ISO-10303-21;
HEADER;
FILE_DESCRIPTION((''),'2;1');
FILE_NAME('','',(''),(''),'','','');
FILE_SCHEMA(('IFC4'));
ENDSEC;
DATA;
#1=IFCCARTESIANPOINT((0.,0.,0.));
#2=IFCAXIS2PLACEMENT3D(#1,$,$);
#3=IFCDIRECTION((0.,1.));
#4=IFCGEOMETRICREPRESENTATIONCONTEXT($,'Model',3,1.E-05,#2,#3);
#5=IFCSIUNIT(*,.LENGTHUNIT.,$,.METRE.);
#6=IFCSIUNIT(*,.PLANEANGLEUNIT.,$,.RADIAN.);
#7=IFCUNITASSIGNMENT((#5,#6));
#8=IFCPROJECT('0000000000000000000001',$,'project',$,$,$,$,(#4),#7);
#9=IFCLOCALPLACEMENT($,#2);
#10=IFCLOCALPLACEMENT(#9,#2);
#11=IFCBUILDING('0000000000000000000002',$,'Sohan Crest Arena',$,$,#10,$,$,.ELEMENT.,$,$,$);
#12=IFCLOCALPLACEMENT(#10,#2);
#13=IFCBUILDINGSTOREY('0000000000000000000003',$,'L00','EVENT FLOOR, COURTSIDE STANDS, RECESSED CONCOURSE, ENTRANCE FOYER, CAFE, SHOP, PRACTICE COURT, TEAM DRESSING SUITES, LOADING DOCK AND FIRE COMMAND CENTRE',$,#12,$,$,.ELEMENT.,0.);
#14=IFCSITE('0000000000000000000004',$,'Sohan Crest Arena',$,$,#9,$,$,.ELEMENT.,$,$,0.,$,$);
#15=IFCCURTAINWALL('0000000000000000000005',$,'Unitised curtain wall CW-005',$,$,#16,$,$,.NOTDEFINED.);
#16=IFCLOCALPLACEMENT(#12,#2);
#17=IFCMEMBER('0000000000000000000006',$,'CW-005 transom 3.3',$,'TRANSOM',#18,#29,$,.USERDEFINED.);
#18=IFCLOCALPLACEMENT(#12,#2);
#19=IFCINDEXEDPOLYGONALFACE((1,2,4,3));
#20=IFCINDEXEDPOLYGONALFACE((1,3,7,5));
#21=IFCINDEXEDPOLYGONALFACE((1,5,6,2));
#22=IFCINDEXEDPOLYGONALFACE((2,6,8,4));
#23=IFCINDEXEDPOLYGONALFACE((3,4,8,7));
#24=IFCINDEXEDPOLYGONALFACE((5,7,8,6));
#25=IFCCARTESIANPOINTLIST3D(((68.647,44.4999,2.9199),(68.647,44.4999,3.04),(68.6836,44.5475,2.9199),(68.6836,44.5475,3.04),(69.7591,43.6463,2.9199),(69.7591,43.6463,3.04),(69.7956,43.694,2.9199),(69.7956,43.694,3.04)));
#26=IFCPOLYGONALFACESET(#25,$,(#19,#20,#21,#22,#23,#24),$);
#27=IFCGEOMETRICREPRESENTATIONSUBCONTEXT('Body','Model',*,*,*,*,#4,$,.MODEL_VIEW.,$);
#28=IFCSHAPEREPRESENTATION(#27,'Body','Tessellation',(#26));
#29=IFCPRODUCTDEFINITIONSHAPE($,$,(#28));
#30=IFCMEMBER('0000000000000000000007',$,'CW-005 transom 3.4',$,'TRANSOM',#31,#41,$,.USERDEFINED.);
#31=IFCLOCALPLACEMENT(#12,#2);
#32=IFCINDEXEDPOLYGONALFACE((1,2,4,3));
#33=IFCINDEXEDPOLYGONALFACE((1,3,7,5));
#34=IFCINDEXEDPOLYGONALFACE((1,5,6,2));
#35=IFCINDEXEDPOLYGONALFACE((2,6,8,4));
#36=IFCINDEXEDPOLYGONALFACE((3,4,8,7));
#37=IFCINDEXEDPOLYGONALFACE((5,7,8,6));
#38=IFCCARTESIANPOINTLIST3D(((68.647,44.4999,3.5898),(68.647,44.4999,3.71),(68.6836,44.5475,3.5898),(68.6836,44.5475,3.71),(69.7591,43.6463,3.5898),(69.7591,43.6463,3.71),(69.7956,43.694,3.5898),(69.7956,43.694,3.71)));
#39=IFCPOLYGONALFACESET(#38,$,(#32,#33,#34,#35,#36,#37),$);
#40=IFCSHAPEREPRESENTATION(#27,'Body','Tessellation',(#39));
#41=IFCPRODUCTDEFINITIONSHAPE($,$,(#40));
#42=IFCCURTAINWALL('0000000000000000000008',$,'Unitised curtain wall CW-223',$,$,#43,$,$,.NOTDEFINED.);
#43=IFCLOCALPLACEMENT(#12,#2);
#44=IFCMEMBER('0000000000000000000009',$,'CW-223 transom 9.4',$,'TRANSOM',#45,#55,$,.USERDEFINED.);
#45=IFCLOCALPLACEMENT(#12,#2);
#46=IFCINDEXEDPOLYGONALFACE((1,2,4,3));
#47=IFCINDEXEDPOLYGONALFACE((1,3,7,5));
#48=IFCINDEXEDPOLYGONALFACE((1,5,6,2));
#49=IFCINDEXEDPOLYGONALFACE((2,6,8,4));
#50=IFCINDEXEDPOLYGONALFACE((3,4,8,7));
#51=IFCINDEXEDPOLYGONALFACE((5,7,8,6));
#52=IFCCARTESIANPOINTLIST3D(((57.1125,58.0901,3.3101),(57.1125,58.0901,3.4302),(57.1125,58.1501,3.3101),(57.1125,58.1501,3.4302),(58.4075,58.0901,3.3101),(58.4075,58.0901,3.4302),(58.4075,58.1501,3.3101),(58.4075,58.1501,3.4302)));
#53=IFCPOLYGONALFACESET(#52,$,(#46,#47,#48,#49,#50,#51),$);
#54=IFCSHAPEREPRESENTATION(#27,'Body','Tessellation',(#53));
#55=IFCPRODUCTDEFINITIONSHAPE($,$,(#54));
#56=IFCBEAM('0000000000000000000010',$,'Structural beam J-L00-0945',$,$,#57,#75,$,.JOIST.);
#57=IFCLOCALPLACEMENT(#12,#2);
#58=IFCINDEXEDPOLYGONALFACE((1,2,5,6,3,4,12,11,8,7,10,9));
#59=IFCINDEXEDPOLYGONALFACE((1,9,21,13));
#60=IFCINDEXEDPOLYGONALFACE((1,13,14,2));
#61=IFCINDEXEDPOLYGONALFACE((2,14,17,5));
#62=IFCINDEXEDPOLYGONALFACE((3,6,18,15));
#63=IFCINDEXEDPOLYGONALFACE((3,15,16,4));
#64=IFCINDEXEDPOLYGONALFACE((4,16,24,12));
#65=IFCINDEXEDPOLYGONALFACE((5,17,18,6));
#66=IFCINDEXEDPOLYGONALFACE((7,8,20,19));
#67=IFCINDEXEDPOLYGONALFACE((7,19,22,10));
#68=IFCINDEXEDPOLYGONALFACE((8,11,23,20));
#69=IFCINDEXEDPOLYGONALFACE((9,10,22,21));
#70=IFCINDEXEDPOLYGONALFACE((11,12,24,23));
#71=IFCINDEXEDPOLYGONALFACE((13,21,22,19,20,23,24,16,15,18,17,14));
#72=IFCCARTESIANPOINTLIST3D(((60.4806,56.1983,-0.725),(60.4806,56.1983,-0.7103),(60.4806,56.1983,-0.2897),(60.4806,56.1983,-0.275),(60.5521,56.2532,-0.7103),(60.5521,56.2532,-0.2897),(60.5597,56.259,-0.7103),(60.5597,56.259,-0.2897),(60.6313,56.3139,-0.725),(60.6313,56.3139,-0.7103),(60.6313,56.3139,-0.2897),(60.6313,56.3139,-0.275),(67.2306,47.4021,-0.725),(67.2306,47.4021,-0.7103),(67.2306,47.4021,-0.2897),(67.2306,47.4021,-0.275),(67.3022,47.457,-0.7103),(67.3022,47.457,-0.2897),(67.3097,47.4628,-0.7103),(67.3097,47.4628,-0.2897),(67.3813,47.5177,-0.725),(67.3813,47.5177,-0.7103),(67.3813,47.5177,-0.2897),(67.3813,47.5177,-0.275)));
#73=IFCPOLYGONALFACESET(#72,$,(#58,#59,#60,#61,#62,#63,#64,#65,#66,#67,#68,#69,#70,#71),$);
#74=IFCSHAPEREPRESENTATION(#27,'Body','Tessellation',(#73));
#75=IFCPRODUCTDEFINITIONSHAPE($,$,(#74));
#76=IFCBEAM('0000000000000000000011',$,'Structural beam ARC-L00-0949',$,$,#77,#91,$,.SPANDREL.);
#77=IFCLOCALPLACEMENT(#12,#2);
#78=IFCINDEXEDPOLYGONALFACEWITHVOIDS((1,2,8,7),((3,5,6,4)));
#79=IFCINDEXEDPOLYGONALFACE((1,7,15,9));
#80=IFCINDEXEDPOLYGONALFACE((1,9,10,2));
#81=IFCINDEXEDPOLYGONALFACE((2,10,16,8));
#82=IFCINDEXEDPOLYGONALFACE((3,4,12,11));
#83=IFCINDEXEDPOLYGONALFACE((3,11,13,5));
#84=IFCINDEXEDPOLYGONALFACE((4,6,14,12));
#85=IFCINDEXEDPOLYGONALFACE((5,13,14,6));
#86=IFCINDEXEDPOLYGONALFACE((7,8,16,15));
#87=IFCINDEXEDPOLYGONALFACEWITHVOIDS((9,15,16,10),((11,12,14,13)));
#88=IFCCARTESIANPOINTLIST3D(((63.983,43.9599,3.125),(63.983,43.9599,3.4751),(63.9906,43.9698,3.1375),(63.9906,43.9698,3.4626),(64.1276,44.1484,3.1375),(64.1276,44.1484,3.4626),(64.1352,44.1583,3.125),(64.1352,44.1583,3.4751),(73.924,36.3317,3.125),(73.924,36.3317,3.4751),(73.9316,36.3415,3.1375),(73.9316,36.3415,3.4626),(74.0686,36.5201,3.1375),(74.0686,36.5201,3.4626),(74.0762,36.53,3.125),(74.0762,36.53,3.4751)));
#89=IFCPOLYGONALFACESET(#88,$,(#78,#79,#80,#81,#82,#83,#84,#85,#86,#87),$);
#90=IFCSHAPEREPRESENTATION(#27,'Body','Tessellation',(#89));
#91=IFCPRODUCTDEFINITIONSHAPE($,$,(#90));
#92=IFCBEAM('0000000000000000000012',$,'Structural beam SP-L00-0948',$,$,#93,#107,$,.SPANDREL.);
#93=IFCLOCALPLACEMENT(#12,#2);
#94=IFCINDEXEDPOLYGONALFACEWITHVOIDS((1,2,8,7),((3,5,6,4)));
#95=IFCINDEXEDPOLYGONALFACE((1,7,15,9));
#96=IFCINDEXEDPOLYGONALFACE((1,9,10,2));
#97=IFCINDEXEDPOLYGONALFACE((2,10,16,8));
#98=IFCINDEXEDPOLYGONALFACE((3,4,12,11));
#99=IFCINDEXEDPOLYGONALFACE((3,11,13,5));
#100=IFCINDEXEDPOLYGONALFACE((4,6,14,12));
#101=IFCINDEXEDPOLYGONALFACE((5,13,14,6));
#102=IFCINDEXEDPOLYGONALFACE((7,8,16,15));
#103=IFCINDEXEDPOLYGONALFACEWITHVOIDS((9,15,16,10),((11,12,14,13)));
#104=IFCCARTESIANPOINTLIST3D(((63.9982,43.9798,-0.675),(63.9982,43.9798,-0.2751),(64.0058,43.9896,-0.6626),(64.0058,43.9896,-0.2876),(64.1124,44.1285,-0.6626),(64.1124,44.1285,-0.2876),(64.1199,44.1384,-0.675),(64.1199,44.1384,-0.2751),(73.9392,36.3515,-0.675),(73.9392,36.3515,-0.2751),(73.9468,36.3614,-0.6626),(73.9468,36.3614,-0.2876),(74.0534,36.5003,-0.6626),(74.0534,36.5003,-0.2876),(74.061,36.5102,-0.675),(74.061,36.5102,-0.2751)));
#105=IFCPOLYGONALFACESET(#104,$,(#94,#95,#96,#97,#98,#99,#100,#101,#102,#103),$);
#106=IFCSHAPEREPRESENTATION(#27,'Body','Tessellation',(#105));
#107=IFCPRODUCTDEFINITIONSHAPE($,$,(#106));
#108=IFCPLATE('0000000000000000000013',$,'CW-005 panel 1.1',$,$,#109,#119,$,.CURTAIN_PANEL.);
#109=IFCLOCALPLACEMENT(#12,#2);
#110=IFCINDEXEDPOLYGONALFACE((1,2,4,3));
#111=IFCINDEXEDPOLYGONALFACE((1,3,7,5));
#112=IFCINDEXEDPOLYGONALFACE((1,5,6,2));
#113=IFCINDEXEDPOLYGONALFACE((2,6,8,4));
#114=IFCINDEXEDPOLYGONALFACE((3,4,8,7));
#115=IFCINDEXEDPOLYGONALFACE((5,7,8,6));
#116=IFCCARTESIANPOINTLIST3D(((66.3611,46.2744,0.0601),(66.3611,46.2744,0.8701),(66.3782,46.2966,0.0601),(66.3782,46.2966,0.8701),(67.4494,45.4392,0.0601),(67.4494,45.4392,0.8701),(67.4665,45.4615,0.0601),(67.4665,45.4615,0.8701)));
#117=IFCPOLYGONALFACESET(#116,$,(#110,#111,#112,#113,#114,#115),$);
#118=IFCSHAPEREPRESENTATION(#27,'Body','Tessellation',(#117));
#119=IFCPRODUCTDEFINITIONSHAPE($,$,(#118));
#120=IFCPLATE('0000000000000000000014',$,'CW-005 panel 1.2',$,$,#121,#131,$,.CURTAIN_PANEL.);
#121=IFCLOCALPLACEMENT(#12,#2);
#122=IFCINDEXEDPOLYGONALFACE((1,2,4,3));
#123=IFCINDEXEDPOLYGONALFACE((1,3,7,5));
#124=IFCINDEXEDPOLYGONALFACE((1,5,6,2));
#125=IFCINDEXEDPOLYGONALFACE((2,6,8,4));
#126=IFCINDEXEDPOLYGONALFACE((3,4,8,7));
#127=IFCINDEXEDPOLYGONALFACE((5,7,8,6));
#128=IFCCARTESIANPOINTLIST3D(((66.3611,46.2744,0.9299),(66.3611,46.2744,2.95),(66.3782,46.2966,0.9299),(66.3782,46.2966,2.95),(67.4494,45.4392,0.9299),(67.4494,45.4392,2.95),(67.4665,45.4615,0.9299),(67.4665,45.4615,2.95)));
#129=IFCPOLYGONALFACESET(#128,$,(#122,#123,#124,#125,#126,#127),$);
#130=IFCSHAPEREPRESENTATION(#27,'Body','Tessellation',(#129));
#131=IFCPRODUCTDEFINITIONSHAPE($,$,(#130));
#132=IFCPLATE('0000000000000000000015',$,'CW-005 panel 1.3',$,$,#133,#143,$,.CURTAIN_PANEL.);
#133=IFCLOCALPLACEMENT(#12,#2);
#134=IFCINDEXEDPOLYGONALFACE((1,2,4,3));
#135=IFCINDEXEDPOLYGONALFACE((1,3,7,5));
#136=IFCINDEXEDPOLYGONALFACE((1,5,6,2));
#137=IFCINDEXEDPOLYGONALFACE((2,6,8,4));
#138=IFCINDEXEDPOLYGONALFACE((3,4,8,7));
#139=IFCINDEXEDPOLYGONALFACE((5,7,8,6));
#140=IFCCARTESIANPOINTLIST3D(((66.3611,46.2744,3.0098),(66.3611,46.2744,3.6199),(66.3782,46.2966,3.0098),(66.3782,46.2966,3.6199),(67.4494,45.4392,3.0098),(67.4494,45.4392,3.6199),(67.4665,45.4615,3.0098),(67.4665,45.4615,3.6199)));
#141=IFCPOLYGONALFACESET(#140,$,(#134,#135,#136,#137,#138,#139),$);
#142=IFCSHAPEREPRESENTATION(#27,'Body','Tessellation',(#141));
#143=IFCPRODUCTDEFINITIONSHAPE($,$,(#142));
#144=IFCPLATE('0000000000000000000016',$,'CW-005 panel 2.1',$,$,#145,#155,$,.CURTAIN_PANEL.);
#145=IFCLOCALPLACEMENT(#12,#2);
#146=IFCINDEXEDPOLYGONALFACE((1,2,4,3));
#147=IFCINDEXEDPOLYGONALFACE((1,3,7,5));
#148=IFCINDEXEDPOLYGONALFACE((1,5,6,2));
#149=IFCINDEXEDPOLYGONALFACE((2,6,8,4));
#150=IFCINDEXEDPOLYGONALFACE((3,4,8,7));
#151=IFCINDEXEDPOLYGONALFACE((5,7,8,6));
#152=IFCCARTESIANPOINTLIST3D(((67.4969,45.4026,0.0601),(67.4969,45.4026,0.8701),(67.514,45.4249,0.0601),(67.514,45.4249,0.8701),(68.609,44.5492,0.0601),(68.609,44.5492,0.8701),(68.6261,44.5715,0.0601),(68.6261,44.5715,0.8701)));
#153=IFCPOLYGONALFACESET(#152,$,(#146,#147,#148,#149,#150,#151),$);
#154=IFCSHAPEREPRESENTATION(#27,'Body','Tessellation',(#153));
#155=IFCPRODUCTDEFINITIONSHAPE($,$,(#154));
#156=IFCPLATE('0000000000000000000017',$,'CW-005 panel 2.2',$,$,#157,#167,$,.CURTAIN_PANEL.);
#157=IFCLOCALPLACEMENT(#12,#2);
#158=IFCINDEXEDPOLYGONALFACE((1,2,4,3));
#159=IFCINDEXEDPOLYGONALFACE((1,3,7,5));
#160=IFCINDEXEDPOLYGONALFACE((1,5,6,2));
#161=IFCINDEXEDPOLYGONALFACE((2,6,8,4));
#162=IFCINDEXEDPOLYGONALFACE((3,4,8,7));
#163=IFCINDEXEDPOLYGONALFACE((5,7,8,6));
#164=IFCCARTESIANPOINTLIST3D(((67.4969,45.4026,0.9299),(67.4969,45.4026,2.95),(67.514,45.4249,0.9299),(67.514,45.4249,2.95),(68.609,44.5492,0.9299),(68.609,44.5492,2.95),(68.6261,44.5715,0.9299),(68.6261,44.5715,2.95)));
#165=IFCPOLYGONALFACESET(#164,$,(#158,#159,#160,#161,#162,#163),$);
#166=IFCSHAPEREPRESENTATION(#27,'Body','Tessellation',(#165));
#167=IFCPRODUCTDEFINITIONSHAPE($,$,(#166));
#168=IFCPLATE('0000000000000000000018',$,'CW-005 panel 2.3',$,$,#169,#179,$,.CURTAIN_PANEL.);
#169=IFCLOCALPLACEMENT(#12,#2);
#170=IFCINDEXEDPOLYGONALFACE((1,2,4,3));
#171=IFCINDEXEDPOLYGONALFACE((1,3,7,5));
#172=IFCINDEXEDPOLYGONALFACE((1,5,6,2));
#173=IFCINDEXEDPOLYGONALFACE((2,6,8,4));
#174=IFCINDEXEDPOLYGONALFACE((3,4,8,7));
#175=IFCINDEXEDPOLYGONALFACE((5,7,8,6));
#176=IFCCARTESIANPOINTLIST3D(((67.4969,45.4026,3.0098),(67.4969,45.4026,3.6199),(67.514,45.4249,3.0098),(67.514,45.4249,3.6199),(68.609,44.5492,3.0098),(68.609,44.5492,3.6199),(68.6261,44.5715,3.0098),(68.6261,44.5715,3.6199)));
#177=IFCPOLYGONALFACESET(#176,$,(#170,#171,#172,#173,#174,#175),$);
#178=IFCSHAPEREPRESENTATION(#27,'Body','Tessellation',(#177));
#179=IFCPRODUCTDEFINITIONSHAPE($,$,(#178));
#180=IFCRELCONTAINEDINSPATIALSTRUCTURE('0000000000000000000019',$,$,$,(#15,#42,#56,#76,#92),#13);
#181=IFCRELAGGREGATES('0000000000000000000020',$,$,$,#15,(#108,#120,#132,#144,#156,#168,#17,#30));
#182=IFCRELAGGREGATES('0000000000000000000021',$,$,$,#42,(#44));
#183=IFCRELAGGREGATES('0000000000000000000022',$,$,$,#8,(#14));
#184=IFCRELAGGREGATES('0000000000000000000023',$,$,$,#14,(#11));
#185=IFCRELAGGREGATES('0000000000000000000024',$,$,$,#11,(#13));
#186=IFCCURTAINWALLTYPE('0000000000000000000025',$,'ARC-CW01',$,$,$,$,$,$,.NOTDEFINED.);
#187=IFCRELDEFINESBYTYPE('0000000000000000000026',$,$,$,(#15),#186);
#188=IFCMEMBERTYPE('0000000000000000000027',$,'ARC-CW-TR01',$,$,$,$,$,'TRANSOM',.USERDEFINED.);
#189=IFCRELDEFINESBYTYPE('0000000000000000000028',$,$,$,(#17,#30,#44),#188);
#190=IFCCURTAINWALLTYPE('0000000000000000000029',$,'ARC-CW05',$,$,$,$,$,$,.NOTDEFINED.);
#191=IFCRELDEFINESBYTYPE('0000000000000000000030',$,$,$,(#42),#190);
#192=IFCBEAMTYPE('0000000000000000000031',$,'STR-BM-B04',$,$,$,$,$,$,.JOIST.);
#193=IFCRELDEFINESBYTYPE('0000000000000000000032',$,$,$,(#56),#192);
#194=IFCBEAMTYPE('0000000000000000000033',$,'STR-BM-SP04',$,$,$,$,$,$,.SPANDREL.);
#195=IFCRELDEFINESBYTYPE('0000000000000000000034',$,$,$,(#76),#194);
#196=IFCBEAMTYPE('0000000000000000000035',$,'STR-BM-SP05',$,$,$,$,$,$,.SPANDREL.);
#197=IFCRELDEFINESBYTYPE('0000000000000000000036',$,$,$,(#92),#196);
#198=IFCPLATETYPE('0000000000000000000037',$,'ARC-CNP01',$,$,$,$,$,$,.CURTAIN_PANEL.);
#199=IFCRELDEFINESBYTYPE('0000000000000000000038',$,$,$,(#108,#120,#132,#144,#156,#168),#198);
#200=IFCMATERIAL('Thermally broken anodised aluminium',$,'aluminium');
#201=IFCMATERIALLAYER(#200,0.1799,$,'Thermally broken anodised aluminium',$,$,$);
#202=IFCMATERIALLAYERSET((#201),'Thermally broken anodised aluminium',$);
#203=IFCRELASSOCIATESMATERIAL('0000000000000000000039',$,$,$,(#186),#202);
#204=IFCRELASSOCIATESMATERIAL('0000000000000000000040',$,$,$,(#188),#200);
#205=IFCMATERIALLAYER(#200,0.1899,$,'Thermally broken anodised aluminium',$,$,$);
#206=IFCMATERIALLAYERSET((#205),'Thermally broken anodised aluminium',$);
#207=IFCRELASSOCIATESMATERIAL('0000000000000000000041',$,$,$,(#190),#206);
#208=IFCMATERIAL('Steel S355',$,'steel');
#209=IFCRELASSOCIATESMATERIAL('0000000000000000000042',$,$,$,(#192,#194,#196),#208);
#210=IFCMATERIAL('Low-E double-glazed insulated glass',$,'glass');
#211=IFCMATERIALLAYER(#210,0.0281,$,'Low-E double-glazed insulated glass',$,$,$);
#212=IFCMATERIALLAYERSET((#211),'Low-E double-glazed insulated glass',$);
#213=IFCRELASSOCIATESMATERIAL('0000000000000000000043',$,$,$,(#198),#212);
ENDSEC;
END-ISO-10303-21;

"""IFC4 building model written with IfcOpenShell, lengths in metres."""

from ifc_helpers import new_model, si_unit, direction, frame, origin, origin_2d, place, context, subcontext, project, spatial, rectangle, hollow_rectangle, i_section, extrude, material, layer, layer_set, material_profile, profile_set, type_object, element, aggregate, save


model = new_model("IFC4")

# Units and contexts
model_context = context("Model", 3, precision=1e-05, world=origin(), true_north=direction((0.0, 1.0)))
body_context = subcontext(model_context, "Body", "Model", "MODEL_VIEW")
ifc_project = project(units=[si_unit("LENGTHUNIT", "METRE"), si_unit("PLANEANGLEUNIT", "RADIAN")], contexts=[model_context])

# Site, building, storey
site_placement = place(None, origin())
site = spatial("IfcSite", under=ifc_project, at=site_placement, Name="Sohan Crest Arena", CompositionType="ELEMENT", RefElevation=0.0)
building_placement = place(site_placement, origin())
building = spatial("IfcBuilding", under=site, at=building_placement, Name="Sohan Crest Arena", CompositionType="ELEMENT")
storey_placement = place(building_placement, origin())
storey = spatial("IfcBuildingStorey", under=building, at=storey_placement, Name="L00", Description="EVENT FLOOR, COURTSIDE STANDS, RECESSED CONCOURSE, ENTRANCE FOYER, CAFE, SHOP, PRACTICE COURT, TEAM DRESSING SUITES, LOADING DOCK AND FIRE COMMAND CENTRE", CompositionType="ELEMENT", Elevation=0.0)

# Curtain wall, members
ifc_material_1 = material(Name="Thermally broken anodised aluminium", Category="aluminium")
ifc_layer_1 = layer(ifc_material_1, 0.1799, Name="Thermally broken anodised aluminium")
ifc_layer_set_1 = layer_set([ifc_layer_1], Name="Thermally broken anodised aluminium")
curtain_wall_type_1 = type_object("IfcCurtainWallType", Name="ARC-CW01", PredefinedType="NOTDEFINED", material=ifc_layer_set_1)
curtain_wall_1_placement = place(storey_placement, origin())
curtain_wall_1 = element("IfcCurtainWall", 1, at=curtain_wall_1_placement, inside=storey, type_object=curtain_wall_type_1, Name="Unitised curtain wall CW-005", PredefinedType="NOTDEFINED")
ifc_material_profile_1 = material_profile(ifc_material_1, rectangle(XDim=0.0601, YDim=0.1201, at=origin_2d()), Name="ALU-TRAN 60x120")
ifc_profile_set_1 = profile_set([ifc_material_profile_1], Name="Thermally broken anodised aluminium")
member_type_1 = type_object("IfcMemberType", Name="ARC-CW-TR01", ElementType="TRANSOM", PredefinedType="USERDEFINED", material=ifc_profile_set_1)
member_1_placement = place(storey_placement, frame((68.6653, 44.5237, 2.98), z_axis=(0.793284, -0.608852, 0.0), x_axis=(0.608852, 0.793284, 0.0)))
member_1 = element("IfcMember", 2, at=member_1_placement, type_object=member_type_1, Name="CW-005 transom 3.3", ObjectType="TRANSOM", PredefinedType="USERDEFINED", context=body_context, shape_type="SweptSolid", body=[
    extrude(rectangle(XDim=0.0601, YDim=0.1201, at=origin_2d()), origin(), (0.0, 0.0, 1.0), 1.4019),
])
member_2_placement = place(storey_placement, frame((68.6653, 44.5237, 3.6499), z_axis=(0.793284, -0.608852, 0.0), x_axis=(0.608852, 0.793284, 0.0)))
member_2 = element("IfcMember", 3, at=member_2_placement, type_object=member_type_1, Name="CW-005 transom 3.4", ObjectType="TRANSOM", PredefinedType="USERDEFINED", context=body_context, shape_type="SweptSolid", body=[
    extrude(rectangle(XDim=0.0601, YDim=0.1201, at=origin_2d()), origin(), (0.0, 0.0, 1.0), 1.4019),
])

# Curtain wall, member
ifc_layer_2 = layer(ifc_material_1, 0.1899, Name="Thermally broken anodised aluminium")
ifc_layer_set_2 = layer_set([ifc_layer_2], Name="Thermally broken anodised aluminium")
curtain_wall_type_2 = type_object("IfcCurtainWallType", Name="ARC-CW05", PredefinedType="NOTDEFINED", material=ifc_layer_set_2)
curtain_wall_2_placement = place(storey_placement, origin())
curtain_wall_2 = element("IfcCurtainWall", 4, at=curtain_wall_2_placement, inside=storey, type_object=curtain_wall_type_2, Name="Unitised curtain wall CW-223", PredefinedType="NOTDEFINED")
member_3_placement = place(storey_placement, frame((57.1125, 58.1201, 3.3701), z_axis=(1.0, 0.0, 0.0), x_axis=(0.0, 1.0, 0.0)))
member_3 = element("IfcMember", 5, at=member_3_placement, type_object=member_type_1, Name="CW-223 transom 9.4", ObjectType="TRANSOM", PredefinedType="USERDEFINED", context=body_context, shape_type="SweptSolid", body=[
    extrude(rectangle(XDim=0.0601, YDim=0.1201, at=origin_2d()), origin(), (0.0, 0.0, 1.0), 1.2949),
])

# Beams
ifc_material_2 = material(Name="Steel S355", Category="steel")
ifc_material_profile_2 = material_profile(ifc_material_2, i_section(OverallWidth=0.1899, OverallDepth=0.45, WebThickness=0.0095, FlangeThickness=0.0146, at=origin_2d()), Name="IPE 450")
ifc_profile_set_2 = profile_set([ifc_material_profile_2], Name="Steel S355")
beam_type_1 = type_object("IfcBeamType", Name="STR-BM-B04", PredefinedType="JOIST", material=ifc_profile_set_2)
beam_1_placement = place(storey_placement, frame((60.5559, 56.2561, -0.5), z_axis=(0.608789, -0.793332, 0.0), x_axis=(0.793332, 0.608789, 0.0)))
element("IfcBeam", 6, at=beam_1_placement, inside=storey, type_object=beam_type_1, Name="Structural beam J-L00-0945", PredefinedType="JOIST", context=body_context, shape_type="SweptSolid", body=[
    extrude(i_section(OverallWidth=0.1899, OverallDepth=0.45, WebThickness=0.0095, FlangeThickness=0.0146, at=origin_2d()), origin(), (0.0, 0.0, 1.0), 11.0876),
])
ifc_material_profile_3 = material_profile(ifc_material_2, hollow_rectangle(XDim=0.25, YDim=0.3501, WallThickness=0.0125, at=origin_2d()), Name="RHS 350x250x12.5")
ifc_profile_set_3 = profile_set([ifc_material_profile_3], Name="Steel S355")
beam_type_2 = type_object("IfcBeamType", Name="STR-BM-SP04", PredefinedType="SPANDREL", material=ifc_profile_set_3)
beam_2_placement = place(storey_placement, frame((64.0591, 44.0591, 3.3), z_axis=(0.793344, -0.608773, 0.0), x_axis=(0.608773, 0.793344, 0.0)))
element("IfcBeam", 7, at=beam_2_placement, inside=storey, type_object=beam_type_2, Name="Structural beam ARC-L00-0949", PredefinedType="SPANDREL", context=body_context, shape_type="SweptSolid", body=[
    extrude(hollow_rectangle(XDim=0.25, YDim=0.3501, WallThickness=0.0125, at=origin_2d()), origin(), (0.0, 0.0, 1.0), 12.5305),
])
ifc_material_profile_4 = material_profile(ifc_material_2, hollow_rectangle(XDim=0.2, YDim=0.3999, WallThickness=0.0125, at=origin_2d()), Name="RHS 400x200x12.5")
ifc_profile_set_4 = profile_set([ifc_material_profile_4], Name="Steel S355")
beam_type_3 = type_object("IfcBeamType", Name="STR-BM-SP05", PredefinedType="SPANDREL", material=ifc_profile_set_4)
beam_3_placement = place(storey_placement, frame((64.0591, 44.0591, -0.4751), z_axis=(0.793344, -0.608773, 0.0), x_axis=(0.608773, 0.793344, 0.0)))
element("IfcBeam", 8, at=beam_3_placement, inside=storey, type_object=beam_type_3, Name="Structural beam SP-L00-0948", PredefinedType="SPANDREL", context=body_context, shape_type="SweptSolid", body=[
    extrude(hollow_rectangle(XDim=0.2, YDim=0.3999, WallThickness=0.0125, at=origin_2d()), origin(), (0.0, 0.0, 1.0), 12.5305),
])

# Plates
ifc_material_3 = material(Name="Low-E double-glazed insulated glass", Category="glass")
ifc_layer_3 = layer(ifc_material_3, 0.0281, Name="Low-E double-glazed insulated glass")
ifc_layer_set_3 = layer_set([ifc_layer_3], Name="Low-E double-glazed insulated glass")
plate_type = type_object("IfcPlateType", Name="ARC-CNP01", PredefinedType="CURTAIN_PANEL", material=ifc_layer_set_3)
plate_1_placement = place(storey_placement, frame((66.9138, 45.8679, 0.0601), z_axis=(0.0, 0.0, 1.0), x_axis=(0.793323, -0.608801, 0.0)))
plate_1 = element("IfcPlate", 9, at=plate_1_placement, type_object=plate_type, Name="CW-005 panel 1.1", PredefinedType="CURTAIN_PANEL", context=body_context, shape_type="SweptSolid", body=[
    extrude(rectangle(XDim=1.3718, YDim=0.0281, at=origin_2d()), origin(), (0.0, 0.0, 1.0), 0.8101),
])
plate_2_placement = place(storey_placement, frame((66.9138, 45.8679, 0.9299), z_axis=(0.0, 0.0, 1.0), x_axis=(0.793323, -0.608801, 0.0)))
plate_2 = element("IfcPlate", 10, at=plate_2_placement, type_object=plate_type, Name="CW-005 panel 1.2", PredefinedType="CURTAIN_PANEL", context=body_context, shape_type="SweptSolid", body=[
    extrude(rectangle(XDim=1.3718, YDim=0.0281, at=origin_2d()), origin(), (0.0, 0.0, 1.0), 2.02),
])
plate_3_placement = place(storey_placement, frame((66.9138, 45.8679, 3.0098), z_axis=(0.0, 0.0, 1.0), x_axis=(0.793323, -0.608801, 0.0)))
plate_3 = element("IfcPlate", 11, at=plate_3_placement, type_object=plate_type, Name="CW-005 panel 1.3", PredefinedType="CURTAIN_PANEL", context=body_context, shape_type="SweptSolid", body=[
    extrude(rectangle(XDim=1.3718, YDim=0.0281, at=origin_2d()), origin(), (0.0, 0.0, 1.0), 0.6101),
])
plate_4_placement = place(storey_placement, frame((68.0615, 44.9871, 0.0601), z_axis=(0.0, 0.0, 1.0), x_axis=(0.793323, -0.608801, 0.0)))
plate_4 = element("IfcPlate", 12, at=plate_4_placement, type_object=plate_type, Name="CW-005 panel 2.1", PredefinedType="CURTAIN_PANEL", context=body_context, shape_type="SweptSolid", body=[
    extrude(rectangle(XDim=1.4019, YDim=0.0281, at=origin_2d()), origin(), (0.0, 0.0, 1.0), 0.8101),
])
plate_5_placement = place(storey_placement, frame((68.0615, 44.9871, 0.9299), z_axis=(0.0, 0.0, 1.0), x_axis=(0.793323, -0.608801, 0.0)))
plate_5 = element("IfcPlate", 13, at=plate_5_placement, type_object=plate_type, Name="CW-005 panel 2.2", PredefinedType="CURTAIN_PANEL", context=body_context, shape_type="SweptSolid", body=[
    extrude(rectangle(XDim=1.4019, YDim=0.0281, at=origin_2d()), origin(), (0.0, 0.0, 1.0), 2.02),
])
plate_6_placement = place(storey_placement, frame((68.0615, 44.9871, 3.0098), z_axis=(0.0, 0.0, 1.0), x_axis=(0.793323, -0.608801, 0.0)))
plate_6 = element("IfcPlate", 14, at=plate_6_placement, type_object=plate_type, Name="CW-005 panel 2.3", PredefinedType="CURTAIN_PANEL", context=body_context, shape_type="SweptSolid", body=[
    extrude(rectangle(XDim=1.4019, YDim=0.0281, at=origin_2d()), origin(), (0.0, 0.0, 1.0), 0.6101),
])
aggregate(curtain_wall_1, [plate_1, plate_2, plate_3, plate_4, plate_5, plate_6, member_1, member_2])
aggregate(curtain_wall_2, [member_3])

save(model, "model.ifc")
